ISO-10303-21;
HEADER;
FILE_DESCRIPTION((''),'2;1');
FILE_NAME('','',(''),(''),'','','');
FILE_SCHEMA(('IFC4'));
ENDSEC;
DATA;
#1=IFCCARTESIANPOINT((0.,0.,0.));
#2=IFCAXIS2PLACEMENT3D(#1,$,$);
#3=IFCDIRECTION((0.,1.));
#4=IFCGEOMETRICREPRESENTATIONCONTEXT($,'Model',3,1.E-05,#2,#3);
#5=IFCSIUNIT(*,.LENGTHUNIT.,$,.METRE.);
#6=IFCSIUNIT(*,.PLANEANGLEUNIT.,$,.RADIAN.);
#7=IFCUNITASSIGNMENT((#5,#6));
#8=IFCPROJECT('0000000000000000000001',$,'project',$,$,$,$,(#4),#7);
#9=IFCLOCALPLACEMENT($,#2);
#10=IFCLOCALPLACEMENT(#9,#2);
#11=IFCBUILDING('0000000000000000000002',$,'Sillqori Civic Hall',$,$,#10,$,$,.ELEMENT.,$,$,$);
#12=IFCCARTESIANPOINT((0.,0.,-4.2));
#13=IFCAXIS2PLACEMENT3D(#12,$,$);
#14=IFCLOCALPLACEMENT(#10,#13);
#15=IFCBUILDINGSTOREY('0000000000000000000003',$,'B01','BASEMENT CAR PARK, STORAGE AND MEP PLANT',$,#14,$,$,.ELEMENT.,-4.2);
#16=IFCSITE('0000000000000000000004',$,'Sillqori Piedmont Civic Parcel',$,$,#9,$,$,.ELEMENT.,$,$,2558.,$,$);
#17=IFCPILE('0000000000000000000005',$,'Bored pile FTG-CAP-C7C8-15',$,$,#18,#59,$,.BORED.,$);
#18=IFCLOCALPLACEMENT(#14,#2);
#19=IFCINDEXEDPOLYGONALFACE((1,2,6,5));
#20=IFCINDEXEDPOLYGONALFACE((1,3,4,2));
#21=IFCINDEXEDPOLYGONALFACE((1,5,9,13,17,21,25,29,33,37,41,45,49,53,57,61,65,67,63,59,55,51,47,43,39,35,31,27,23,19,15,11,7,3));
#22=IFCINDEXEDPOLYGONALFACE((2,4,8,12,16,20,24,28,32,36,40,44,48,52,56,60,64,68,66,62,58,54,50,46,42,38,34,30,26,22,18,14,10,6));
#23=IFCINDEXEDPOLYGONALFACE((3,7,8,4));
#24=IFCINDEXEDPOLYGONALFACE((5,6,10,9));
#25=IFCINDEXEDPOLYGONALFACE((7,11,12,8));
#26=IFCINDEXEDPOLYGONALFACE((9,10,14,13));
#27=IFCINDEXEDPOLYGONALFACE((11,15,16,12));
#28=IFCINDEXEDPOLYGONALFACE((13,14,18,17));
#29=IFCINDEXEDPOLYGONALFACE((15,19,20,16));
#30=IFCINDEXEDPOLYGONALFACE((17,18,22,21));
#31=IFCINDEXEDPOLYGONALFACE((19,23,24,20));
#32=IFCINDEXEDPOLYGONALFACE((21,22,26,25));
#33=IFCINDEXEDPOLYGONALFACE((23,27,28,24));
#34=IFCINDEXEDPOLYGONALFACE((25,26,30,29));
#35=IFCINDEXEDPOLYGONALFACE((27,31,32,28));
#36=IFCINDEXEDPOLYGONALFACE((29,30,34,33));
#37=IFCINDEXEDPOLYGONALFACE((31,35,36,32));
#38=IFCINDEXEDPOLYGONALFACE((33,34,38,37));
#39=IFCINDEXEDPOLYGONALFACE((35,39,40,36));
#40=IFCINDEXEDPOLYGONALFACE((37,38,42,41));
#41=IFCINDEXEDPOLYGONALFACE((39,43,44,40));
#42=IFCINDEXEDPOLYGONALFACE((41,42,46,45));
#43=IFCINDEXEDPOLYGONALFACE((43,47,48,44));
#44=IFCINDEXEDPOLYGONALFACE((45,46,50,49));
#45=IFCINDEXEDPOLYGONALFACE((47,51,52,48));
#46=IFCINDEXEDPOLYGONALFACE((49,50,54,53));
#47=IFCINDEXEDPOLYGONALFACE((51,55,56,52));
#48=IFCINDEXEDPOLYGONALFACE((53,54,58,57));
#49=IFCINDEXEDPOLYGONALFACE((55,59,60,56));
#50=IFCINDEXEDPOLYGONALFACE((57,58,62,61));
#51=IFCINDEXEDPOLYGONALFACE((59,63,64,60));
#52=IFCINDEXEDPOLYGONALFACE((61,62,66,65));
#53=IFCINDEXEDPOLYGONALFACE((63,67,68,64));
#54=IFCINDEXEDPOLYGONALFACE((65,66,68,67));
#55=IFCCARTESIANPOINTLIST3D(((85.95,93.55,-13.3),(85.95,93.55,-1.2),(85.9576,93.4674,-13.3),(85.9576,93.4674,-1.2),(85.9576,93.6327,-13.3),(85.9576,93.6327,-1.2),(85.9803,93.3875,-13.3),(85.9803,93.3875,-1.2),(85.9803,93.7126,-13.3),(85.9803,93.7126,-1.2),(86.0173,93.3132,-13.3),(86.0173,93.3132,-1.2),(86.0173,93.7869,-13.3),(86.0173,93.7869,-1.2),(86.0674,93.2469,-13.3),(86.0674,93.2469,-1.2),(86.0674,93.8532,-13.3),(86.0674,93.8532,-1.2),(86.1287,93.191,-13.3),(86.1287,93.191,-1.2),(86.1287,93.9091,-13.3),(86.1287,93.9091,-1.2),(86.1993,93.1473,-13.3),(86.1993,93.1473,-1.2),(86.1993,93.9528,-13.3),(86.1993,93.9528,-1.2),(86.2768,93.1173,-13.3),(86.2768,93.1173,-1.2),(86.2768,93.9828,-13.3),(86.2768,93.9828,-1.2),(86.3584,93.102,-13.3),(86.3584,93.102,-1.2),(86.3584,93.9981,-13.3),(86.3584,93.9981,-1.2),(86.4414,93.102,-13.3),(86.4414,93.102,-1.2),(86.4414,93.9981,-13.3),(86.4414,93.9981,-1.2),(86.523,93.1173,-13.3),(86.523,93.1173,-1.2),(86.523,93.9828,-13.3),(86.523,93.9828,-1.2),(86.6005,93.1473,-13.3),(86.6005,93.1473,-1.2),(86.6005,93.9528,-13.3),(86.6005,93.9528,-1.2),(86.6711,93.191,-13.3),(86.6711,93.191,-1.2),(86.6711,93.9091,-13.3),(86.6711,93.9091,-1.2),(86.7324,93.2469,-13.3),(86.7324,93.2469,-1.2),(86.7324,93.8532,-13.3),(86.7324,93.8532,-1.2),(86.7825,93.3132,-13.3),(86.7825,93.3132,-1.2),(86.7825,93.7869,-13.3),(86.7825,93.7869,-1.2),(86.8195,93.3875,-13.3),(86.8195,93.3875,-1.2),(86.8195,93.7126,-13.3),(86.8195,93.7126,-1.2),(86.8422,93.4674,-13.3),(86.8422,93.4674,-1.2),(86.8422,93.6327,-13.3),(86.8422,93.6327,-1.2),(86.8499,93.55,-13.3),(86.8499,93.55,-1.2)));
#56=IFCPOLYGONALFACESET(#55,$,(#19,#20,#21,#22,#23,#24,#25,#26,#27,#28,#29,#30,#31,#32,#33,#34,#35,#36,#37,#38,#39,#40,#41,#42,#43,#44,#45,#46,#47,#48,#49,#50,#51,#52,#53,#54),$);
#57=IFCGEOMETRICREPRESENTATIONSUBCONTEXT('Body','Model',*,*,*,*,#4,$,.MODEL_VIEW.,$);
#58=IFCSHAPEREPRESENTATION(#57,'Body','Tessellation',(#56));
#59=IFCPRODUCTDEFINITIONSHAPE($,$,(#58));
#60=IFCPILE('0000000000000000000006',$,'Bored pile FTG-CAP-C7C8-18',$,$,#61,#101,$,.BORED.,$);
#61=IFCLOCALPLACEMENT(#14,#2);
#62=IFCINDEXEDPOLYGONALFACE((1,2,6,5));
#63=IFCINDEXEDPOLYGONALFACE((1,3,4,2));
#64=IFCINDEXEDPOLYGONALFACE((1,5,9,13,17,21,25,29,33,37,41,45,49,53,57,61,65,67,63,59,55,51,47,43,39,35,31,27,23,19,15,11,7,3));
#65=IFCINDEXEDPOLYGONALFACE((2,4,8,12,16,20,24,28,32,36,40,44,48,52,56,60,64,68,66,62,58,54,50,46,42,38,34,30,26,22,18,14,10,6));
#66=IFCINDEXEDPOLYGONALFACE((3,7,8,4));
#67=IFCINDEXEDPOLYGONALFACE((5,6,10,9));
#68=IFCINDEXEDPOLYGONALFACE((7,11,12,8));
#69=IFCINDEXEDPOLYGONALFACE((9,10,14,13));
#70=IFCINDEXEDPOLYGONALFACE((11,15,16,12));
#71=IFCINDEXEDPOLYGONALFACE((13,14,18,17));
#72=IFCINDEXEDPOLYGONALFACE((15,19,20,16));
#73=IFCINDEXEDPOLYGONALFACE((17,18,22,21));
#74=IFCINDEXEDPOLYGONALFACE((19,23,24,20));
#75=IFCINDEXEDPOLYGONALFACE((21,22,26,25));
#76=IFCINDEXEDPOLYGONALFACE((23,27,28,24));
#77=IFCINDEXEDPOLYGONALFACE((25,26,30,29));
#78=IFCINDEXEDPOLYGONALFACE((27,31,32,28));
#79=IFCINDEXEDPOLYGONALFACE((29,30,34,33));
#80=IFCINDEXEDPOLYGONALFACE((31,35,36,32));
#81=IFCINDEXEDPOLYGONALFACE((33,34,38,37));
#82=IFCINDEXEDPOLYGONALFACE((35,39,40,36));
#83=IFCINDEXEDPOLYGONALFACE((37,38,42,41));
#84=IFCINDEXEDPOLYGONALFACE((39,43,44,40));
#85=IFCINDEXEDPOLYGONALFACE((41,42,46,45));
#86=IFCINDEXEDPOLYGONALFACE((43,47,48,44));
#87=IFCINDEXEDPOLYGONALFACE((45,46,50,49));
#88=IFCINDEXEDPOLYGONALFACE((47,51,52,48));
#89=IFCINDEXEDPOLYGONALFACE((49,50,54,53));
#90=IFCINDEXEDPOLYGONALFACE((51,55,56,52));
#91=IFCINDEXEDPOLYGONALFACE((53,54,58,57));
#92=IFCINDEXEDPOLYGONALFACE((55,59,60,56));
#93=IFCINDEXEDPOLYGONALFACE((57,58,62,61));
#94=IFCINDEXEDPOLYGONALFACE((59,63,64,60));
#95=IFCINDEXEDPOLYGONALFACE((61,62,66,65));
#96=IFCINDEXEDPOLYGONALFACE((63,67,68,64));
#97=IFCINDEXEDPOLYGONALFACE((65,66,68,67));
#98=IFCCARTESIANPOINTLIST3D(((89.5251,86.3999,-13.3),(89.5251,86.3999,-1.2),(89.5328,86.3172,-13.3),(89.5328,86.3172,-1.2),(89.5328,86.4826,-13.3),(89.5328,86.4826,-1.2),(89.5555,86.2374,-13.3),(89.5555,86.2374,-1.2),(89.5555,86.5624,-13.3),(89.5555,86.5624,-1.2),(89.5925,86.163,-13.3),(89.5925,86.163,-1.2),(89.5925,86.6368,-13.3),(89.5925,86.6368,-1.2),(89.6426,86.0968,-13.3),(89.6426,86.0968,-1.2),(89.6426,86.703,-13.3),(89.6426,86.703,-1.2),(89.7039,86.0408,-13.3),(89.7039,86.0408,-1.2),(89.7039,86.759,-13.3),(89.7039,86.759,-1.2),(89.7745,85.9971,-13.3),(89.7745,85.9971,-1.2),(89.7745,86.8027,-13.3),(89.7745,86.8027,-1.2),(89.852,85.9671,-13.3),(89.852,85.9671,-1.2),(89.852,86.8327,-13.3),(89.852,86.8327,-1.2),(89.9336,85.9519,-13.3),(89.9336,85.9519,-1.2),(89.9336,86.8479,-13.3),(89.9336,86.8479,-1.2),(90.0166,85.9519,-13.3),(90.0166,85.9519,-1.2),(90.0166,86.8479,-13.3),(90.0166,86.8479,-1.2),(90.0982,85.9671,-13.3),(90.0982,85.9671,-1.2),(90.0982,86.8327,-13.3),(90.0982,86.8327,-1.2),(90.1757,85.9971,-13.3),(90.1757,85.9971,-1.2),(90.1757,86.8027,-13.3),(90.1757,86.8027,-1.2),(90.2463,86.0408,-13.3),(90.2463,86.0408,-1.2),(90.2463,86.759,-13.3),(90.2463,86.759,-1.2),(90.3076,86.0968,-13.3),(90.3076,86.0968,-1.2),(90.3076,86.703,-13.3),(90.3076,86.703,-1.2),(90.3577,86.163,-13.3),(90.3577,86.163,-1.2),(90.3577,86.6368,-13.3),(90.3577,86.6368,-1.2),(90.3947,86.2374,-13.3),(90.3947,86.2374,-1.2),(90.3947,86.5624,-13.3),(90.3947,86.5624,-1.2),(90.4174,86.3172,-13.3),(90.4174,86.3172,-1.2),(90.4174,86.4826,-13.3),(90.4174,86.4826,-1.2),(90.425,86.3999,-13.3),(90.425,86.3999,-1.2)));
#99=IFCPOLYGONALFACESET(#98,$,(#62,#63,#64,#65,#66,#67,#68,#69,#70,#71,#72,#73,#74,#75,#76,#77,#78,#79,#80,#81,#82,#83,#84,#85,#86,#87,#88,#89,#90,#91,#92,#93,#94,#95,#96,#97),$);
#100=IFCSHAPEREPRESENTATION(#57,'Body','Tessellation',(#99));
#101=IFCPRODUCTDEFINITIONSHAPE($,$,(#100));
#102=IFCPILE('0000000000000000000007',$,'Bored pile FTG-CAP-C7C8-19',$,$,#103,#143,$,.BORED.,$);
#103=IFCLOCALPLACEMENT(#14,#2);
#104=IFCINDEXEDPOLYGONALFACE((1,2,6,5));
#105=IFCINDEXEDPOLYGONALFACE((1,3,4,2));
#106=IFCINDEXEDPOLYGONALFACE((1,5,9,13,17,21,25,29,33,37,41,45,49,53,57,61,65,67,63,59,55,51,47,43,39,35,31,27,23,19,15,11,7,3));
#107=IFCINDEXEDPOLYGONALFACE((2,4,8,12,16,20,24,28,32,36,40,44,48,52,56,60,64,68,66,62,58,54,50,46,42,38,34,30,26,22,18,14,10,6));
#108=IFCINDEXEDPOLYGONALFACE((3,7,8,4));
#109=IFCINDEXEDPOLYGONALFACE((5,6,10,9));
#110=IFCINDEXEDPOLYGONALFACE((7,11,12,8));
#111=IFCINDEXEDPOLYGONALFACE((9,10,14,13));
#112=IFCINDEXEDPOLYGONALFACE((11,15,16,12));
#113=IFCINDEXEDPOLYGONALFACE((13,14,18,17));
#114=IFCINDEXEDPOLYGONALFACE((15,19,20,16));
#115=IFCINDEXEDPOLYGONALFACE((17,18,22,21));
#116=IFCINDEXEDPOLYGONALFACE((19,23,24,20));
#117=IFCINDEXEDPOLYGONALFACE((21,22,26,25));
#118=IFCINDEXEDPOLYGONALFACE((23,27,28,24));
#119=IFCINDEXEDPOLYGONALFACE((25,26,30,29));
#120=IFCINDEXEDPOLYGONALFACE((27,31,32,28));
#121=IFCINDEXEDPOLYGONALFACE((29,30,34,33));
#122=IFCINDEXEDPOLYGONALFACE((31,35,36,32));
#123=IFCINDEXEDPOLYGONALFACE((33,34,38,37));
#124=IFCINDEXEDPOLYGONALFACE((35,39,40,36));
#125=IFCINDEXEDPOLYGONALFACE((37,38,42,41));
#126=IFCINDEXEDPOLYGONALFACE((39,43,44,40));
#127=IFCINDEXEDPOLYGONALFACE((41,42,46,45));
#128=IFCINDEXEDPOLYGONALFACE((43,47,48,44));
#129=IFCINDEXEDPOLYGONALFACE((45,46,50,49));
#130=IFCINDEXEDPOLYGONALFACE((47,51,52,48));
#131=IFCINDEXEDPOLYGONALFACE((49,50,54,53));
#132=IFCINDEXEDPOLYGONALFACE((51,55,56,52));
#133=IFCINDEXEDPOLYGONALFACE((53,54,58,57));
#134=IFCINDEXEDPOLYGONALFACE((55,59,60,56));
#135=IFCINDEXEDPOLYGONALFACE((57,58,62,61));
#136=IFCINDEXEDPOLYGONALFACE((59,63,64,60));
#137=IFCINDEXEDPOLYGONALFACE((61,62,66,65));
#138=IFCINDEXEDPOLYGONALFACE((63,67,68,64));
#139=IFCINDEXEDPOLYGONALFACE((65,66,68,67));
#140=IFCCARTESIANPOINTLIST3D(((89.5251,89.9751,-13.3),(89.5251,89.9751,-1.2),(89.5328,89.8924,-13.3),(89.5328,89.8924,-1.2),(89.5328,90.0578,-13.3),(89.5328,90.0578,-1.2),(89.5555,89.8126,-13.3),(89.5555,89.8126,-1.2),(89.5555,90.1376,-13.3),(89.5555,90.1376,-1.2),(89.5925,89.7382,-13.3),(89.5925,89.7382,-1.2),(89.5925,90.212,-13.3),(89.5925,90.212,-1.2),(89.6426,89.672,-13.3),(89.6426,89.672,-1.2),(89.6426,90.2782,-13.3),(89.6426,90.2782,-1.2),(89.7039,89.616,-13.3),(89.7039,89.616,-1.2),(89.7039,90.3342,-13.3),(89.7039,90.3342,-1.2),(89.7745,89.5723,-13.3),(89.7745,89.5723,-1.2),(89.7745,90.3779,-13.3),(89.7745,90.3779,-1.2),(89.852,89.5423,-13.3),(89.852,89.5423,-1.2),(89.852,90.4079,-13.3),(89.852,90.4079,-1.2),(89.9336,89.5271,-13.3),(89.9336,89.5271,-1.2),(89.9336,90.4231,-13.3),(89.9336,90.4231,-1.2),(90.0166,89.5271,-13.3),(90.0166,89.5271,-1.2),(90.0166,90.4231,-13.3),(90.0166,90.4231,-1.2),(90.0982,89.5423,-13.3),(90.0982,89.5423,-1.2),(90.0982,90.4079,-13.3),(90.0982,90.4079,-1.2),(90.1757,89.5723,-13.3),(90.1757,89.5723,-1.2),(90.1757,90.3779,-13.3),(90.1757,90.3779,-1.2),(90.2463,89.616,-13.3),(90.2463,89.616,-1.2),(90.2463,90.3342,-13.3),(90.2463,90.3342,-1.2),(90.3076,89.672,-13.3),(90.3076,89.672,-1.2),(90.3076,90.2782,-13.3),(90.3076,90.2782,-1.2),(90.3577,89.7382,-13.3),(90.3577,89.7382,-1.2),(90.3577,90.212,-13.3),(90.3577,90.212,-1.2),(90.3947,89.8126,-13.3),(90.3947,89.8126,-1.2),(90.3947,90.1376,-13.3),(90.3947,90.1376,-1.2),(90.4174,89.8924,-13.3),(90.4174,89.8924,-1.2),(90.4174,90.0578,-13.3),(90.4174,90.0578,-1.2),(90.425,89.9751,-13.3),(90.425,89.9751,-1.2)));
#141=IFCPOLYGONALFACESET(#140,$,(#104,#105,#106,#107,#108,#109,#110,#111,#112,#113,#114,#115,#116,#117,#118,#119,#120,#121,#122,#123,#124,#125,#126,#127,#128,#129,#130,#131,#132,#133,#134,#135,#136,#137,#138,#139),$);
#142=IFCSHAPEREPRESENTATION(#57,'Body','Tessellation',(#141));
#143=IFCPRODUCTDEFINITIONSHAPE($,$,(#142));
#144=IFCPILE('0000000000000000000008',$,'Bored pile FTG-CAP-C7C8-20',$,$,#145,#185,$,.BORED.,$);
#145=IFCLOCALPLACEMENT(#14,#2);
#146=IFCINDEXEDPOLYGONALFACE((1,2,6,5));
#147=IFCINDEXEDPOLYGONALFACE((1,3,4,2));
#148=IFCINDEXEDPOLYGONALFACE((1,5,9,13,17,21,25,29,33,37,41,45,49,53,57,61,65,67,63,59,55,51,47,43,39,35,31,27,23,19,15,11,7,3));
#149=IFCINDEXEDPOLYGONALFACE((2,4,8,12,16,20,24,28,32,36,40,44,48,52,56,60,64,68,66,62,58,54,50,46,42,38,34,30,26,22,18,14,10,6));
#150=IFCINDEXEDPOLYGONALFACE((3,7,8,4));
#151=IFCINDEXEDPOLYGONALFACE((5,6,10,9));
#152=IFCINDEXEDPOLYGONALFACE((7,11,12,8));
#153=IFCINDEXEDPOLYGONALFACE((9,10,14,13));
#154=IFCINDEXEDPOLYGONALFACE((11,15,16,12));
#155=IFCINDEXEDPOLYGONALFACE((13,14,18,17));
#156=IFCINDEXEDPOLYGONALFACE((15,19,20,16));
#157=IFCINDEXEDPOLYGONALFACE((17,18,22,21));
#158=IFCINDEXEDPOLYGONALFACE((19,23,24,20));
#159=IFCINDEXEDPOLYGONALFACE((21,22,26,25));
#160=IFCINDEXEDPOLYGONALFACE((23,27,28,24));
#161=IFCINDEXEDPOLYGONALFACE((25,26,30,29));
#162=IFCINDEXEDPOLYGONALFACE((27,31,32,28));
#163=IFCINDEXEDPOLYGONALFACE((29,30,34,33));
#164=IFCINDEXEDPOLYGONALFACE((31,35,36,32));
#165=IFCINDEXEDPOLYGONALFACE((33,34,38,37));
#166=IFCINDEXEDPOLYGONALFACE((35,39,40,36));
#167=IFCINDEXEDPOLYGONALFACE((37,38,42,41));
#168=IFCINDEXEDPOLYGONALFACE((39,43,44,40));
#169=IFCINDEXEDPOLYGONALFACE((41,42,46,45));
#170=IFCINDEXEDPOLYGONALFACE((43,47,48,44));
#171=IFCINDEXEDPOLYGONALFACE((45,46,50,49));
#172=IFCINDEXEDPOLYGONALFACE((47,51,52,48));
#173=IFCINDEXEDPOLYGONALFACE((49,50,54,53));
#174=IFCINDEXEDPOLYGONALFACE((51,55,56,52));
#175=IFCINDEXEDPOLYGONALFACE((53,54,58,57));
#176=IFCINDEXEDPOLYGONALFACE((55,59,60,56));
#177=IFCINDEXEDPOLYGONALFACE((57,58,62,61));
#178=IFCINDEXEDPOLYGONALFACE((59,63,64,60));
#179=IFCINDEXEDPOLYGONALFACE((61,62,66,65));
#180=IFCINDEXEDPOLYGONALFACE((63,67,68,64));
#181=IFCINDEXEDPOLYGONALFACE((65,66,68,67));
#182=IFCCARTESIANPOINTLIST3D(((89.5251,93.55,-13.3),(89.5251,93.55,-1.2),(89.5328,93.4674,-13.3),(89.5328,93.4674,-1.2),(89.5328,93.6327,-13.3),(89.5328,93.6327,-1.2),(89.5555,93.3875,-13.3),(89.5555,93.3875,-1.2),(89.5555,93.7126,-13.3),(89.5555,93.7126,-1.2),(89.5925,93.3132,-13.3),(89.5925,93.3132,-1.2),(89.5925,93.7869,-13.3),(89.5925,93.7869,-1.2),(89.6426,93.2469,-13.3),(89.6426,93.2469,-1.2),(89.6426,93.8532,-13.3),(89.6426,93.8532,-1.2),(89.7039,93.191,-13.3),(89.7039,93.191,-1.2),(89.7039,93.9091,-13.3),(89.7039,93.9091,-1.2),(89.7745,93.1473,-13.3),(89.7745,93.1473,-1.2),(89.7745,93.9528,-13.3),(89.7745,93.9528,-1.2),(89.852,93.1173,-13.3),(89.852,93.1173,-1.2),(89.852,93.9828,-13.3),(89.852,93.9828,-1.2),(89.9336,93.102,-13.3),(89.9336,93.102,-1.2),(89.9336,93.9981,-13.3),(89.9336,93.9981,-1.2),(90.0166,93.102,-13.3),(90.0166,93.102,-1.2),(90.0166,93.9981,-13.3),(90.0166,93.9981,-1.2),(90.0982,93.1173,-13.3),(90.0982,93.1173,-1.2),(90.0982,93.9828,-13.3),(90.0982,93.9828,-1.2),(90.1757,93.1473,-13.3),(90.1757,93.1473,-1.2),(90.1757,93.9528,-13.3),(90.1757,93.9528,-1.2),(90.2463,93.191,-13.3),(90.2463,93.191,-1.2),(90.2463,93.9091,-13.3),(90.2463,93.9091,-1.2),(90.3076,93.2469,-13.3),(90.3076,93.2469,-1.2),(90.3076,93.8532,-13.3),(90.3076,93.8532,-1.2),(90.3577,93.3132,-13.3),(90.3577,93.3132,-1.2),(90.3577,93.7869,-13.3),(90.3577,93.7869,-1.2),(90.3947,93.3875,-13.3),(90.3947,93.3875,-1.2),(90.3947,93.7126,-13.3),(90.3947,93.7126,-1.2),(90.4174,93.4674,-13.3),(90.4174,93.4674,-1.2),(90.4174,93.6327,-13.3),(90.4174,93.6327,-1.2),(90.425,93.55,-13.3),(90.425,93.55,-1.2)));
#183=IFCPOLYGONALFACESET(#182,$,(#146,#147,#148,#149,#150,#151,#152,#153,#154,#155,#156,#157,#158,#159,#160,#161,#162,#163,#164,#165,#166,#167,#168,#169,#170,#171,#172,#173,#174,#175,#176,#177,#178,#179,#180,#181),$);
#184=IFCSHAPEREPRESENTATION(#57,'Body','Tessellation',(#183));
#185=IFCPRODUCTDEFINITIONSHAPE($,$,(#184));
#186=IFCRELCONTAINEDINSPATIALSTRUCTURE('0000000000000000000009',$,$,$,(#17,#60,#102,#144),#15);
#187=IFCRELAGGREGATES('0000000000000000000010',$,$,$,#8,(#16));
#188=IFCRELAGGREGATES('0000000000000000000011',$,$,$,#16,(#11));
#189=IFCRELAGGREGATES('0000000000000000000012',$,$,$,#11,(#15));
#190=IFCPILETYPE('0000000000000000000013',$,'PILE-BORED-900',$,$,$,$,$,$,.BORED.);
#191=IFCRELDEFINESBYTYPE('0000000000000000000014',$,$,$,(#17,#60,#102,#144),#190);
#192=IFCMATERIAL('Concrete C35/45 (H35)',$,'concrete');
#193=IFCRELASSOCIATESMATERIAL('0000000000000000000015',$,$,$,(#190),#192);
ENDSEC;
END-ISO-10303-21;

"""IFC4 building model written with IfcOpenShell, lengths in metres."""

from ifc_helpers import new_model, si_unit, direction, frame, origin, origin_2d, place, context, subcontext, project, spatial, circle, extrude, material, material_profile, profile_set, type_object, element, save


model = new_model("IFC4")

# Units and contexts
model_context = context("Model", 3, precision=1e-05, world=origin(), true_north=direction((0.0, 1.0)))
body_context = subcontext(model_context, "Body", "Model", "MODEL_VIEW")
ifc_project = project(units=[si_unit("LENGTHUNIT", "METRE"), si_unit("PLANEANGLEUNIT", "RADIAN")], contexts=[model_context])

# Site, building, storey
site_placement = place(None, origin())
site = spatial("IfcSite", under=ifc_project, at=site_placement, Name="Sillqori Piedmont Civic Parcel", CompositionType="ELEMENT", RefElevation=2558.0)
building_placement = place(site_placement, origin())
building = spatial("IfcBuilding", under=site, at=building_placement, Name="Sillqori Civic Hall", CompositionType="ELEMENT")
storey_placement = place(building_placement, frame((0.0, 0.0, -4.2)))
storey = spatial("IfcBuildingStorey", under=building, at=storey_placement, Name="B01", Description="BASEMENT CAR PARK, STORAGE AND MEP PLANT", CompositionType="ELEMENT", Elevation=-4.2)

# Piles
ifc_material_1 = material(Name="Concrete C35/45 (H35)", Category="concrete")
ifc_material_profile_1 = material_profile(ifc_material_1, circle(Radius=0.45, at=origin_2d()), Name="BORED PILE 900")
ifc_profile_set_1 = profile_set([ifc_material_profile_1], Name="Concrete C35/45 (H35)")
pile_type = type_object("IfcPileType", Name="PILE-BORED-900", PredefinedType="BORED", material=ifc_profile_set_1)
for number, where, z_axis, x_axis, name in (
    (1, (86.3999, 93.55, -1.2), (0.0, 0.0, -1.0), (1.0, 0.0, 0.0), "Bored pile FTG-CAP-C7C8-15"),
    (2, (89.9751, 86.3999, -1.2), (0.0, 0.0, -1.0), (1.0, 0.0, 0.0), "Bored pile FTG-CAP-C7C8-18"),
    (3, (89.9751, 89.9751, -1.2), (0.0, 0.0, -1.0), (1.0, 0.0, 0.0), "Bored pile FTG-CAP-C7C8-19"),
    (4, (89.9751, 93.55, -1.2), (0.0, 0.0, -1.0), (1.0, 0.0, 0.0), "Bored pile FTG-CAP-C7C8-20"),
):
    element("IfcPile", number, at=place(storey_placement, frame(where, z_axis=z_axis, x_axis=x_axis)), inside=storey, type_object=pile_type, Name=name, PredefinedType="BORED", context=body_context, shape_type="SweptSolid", body=[
        extrude(circle(Radius=0.45, at=origin_2d()), origin(), (0.0, 0.0, 1.0), 12.1001),
    ])

save(model, "model.ifc")
